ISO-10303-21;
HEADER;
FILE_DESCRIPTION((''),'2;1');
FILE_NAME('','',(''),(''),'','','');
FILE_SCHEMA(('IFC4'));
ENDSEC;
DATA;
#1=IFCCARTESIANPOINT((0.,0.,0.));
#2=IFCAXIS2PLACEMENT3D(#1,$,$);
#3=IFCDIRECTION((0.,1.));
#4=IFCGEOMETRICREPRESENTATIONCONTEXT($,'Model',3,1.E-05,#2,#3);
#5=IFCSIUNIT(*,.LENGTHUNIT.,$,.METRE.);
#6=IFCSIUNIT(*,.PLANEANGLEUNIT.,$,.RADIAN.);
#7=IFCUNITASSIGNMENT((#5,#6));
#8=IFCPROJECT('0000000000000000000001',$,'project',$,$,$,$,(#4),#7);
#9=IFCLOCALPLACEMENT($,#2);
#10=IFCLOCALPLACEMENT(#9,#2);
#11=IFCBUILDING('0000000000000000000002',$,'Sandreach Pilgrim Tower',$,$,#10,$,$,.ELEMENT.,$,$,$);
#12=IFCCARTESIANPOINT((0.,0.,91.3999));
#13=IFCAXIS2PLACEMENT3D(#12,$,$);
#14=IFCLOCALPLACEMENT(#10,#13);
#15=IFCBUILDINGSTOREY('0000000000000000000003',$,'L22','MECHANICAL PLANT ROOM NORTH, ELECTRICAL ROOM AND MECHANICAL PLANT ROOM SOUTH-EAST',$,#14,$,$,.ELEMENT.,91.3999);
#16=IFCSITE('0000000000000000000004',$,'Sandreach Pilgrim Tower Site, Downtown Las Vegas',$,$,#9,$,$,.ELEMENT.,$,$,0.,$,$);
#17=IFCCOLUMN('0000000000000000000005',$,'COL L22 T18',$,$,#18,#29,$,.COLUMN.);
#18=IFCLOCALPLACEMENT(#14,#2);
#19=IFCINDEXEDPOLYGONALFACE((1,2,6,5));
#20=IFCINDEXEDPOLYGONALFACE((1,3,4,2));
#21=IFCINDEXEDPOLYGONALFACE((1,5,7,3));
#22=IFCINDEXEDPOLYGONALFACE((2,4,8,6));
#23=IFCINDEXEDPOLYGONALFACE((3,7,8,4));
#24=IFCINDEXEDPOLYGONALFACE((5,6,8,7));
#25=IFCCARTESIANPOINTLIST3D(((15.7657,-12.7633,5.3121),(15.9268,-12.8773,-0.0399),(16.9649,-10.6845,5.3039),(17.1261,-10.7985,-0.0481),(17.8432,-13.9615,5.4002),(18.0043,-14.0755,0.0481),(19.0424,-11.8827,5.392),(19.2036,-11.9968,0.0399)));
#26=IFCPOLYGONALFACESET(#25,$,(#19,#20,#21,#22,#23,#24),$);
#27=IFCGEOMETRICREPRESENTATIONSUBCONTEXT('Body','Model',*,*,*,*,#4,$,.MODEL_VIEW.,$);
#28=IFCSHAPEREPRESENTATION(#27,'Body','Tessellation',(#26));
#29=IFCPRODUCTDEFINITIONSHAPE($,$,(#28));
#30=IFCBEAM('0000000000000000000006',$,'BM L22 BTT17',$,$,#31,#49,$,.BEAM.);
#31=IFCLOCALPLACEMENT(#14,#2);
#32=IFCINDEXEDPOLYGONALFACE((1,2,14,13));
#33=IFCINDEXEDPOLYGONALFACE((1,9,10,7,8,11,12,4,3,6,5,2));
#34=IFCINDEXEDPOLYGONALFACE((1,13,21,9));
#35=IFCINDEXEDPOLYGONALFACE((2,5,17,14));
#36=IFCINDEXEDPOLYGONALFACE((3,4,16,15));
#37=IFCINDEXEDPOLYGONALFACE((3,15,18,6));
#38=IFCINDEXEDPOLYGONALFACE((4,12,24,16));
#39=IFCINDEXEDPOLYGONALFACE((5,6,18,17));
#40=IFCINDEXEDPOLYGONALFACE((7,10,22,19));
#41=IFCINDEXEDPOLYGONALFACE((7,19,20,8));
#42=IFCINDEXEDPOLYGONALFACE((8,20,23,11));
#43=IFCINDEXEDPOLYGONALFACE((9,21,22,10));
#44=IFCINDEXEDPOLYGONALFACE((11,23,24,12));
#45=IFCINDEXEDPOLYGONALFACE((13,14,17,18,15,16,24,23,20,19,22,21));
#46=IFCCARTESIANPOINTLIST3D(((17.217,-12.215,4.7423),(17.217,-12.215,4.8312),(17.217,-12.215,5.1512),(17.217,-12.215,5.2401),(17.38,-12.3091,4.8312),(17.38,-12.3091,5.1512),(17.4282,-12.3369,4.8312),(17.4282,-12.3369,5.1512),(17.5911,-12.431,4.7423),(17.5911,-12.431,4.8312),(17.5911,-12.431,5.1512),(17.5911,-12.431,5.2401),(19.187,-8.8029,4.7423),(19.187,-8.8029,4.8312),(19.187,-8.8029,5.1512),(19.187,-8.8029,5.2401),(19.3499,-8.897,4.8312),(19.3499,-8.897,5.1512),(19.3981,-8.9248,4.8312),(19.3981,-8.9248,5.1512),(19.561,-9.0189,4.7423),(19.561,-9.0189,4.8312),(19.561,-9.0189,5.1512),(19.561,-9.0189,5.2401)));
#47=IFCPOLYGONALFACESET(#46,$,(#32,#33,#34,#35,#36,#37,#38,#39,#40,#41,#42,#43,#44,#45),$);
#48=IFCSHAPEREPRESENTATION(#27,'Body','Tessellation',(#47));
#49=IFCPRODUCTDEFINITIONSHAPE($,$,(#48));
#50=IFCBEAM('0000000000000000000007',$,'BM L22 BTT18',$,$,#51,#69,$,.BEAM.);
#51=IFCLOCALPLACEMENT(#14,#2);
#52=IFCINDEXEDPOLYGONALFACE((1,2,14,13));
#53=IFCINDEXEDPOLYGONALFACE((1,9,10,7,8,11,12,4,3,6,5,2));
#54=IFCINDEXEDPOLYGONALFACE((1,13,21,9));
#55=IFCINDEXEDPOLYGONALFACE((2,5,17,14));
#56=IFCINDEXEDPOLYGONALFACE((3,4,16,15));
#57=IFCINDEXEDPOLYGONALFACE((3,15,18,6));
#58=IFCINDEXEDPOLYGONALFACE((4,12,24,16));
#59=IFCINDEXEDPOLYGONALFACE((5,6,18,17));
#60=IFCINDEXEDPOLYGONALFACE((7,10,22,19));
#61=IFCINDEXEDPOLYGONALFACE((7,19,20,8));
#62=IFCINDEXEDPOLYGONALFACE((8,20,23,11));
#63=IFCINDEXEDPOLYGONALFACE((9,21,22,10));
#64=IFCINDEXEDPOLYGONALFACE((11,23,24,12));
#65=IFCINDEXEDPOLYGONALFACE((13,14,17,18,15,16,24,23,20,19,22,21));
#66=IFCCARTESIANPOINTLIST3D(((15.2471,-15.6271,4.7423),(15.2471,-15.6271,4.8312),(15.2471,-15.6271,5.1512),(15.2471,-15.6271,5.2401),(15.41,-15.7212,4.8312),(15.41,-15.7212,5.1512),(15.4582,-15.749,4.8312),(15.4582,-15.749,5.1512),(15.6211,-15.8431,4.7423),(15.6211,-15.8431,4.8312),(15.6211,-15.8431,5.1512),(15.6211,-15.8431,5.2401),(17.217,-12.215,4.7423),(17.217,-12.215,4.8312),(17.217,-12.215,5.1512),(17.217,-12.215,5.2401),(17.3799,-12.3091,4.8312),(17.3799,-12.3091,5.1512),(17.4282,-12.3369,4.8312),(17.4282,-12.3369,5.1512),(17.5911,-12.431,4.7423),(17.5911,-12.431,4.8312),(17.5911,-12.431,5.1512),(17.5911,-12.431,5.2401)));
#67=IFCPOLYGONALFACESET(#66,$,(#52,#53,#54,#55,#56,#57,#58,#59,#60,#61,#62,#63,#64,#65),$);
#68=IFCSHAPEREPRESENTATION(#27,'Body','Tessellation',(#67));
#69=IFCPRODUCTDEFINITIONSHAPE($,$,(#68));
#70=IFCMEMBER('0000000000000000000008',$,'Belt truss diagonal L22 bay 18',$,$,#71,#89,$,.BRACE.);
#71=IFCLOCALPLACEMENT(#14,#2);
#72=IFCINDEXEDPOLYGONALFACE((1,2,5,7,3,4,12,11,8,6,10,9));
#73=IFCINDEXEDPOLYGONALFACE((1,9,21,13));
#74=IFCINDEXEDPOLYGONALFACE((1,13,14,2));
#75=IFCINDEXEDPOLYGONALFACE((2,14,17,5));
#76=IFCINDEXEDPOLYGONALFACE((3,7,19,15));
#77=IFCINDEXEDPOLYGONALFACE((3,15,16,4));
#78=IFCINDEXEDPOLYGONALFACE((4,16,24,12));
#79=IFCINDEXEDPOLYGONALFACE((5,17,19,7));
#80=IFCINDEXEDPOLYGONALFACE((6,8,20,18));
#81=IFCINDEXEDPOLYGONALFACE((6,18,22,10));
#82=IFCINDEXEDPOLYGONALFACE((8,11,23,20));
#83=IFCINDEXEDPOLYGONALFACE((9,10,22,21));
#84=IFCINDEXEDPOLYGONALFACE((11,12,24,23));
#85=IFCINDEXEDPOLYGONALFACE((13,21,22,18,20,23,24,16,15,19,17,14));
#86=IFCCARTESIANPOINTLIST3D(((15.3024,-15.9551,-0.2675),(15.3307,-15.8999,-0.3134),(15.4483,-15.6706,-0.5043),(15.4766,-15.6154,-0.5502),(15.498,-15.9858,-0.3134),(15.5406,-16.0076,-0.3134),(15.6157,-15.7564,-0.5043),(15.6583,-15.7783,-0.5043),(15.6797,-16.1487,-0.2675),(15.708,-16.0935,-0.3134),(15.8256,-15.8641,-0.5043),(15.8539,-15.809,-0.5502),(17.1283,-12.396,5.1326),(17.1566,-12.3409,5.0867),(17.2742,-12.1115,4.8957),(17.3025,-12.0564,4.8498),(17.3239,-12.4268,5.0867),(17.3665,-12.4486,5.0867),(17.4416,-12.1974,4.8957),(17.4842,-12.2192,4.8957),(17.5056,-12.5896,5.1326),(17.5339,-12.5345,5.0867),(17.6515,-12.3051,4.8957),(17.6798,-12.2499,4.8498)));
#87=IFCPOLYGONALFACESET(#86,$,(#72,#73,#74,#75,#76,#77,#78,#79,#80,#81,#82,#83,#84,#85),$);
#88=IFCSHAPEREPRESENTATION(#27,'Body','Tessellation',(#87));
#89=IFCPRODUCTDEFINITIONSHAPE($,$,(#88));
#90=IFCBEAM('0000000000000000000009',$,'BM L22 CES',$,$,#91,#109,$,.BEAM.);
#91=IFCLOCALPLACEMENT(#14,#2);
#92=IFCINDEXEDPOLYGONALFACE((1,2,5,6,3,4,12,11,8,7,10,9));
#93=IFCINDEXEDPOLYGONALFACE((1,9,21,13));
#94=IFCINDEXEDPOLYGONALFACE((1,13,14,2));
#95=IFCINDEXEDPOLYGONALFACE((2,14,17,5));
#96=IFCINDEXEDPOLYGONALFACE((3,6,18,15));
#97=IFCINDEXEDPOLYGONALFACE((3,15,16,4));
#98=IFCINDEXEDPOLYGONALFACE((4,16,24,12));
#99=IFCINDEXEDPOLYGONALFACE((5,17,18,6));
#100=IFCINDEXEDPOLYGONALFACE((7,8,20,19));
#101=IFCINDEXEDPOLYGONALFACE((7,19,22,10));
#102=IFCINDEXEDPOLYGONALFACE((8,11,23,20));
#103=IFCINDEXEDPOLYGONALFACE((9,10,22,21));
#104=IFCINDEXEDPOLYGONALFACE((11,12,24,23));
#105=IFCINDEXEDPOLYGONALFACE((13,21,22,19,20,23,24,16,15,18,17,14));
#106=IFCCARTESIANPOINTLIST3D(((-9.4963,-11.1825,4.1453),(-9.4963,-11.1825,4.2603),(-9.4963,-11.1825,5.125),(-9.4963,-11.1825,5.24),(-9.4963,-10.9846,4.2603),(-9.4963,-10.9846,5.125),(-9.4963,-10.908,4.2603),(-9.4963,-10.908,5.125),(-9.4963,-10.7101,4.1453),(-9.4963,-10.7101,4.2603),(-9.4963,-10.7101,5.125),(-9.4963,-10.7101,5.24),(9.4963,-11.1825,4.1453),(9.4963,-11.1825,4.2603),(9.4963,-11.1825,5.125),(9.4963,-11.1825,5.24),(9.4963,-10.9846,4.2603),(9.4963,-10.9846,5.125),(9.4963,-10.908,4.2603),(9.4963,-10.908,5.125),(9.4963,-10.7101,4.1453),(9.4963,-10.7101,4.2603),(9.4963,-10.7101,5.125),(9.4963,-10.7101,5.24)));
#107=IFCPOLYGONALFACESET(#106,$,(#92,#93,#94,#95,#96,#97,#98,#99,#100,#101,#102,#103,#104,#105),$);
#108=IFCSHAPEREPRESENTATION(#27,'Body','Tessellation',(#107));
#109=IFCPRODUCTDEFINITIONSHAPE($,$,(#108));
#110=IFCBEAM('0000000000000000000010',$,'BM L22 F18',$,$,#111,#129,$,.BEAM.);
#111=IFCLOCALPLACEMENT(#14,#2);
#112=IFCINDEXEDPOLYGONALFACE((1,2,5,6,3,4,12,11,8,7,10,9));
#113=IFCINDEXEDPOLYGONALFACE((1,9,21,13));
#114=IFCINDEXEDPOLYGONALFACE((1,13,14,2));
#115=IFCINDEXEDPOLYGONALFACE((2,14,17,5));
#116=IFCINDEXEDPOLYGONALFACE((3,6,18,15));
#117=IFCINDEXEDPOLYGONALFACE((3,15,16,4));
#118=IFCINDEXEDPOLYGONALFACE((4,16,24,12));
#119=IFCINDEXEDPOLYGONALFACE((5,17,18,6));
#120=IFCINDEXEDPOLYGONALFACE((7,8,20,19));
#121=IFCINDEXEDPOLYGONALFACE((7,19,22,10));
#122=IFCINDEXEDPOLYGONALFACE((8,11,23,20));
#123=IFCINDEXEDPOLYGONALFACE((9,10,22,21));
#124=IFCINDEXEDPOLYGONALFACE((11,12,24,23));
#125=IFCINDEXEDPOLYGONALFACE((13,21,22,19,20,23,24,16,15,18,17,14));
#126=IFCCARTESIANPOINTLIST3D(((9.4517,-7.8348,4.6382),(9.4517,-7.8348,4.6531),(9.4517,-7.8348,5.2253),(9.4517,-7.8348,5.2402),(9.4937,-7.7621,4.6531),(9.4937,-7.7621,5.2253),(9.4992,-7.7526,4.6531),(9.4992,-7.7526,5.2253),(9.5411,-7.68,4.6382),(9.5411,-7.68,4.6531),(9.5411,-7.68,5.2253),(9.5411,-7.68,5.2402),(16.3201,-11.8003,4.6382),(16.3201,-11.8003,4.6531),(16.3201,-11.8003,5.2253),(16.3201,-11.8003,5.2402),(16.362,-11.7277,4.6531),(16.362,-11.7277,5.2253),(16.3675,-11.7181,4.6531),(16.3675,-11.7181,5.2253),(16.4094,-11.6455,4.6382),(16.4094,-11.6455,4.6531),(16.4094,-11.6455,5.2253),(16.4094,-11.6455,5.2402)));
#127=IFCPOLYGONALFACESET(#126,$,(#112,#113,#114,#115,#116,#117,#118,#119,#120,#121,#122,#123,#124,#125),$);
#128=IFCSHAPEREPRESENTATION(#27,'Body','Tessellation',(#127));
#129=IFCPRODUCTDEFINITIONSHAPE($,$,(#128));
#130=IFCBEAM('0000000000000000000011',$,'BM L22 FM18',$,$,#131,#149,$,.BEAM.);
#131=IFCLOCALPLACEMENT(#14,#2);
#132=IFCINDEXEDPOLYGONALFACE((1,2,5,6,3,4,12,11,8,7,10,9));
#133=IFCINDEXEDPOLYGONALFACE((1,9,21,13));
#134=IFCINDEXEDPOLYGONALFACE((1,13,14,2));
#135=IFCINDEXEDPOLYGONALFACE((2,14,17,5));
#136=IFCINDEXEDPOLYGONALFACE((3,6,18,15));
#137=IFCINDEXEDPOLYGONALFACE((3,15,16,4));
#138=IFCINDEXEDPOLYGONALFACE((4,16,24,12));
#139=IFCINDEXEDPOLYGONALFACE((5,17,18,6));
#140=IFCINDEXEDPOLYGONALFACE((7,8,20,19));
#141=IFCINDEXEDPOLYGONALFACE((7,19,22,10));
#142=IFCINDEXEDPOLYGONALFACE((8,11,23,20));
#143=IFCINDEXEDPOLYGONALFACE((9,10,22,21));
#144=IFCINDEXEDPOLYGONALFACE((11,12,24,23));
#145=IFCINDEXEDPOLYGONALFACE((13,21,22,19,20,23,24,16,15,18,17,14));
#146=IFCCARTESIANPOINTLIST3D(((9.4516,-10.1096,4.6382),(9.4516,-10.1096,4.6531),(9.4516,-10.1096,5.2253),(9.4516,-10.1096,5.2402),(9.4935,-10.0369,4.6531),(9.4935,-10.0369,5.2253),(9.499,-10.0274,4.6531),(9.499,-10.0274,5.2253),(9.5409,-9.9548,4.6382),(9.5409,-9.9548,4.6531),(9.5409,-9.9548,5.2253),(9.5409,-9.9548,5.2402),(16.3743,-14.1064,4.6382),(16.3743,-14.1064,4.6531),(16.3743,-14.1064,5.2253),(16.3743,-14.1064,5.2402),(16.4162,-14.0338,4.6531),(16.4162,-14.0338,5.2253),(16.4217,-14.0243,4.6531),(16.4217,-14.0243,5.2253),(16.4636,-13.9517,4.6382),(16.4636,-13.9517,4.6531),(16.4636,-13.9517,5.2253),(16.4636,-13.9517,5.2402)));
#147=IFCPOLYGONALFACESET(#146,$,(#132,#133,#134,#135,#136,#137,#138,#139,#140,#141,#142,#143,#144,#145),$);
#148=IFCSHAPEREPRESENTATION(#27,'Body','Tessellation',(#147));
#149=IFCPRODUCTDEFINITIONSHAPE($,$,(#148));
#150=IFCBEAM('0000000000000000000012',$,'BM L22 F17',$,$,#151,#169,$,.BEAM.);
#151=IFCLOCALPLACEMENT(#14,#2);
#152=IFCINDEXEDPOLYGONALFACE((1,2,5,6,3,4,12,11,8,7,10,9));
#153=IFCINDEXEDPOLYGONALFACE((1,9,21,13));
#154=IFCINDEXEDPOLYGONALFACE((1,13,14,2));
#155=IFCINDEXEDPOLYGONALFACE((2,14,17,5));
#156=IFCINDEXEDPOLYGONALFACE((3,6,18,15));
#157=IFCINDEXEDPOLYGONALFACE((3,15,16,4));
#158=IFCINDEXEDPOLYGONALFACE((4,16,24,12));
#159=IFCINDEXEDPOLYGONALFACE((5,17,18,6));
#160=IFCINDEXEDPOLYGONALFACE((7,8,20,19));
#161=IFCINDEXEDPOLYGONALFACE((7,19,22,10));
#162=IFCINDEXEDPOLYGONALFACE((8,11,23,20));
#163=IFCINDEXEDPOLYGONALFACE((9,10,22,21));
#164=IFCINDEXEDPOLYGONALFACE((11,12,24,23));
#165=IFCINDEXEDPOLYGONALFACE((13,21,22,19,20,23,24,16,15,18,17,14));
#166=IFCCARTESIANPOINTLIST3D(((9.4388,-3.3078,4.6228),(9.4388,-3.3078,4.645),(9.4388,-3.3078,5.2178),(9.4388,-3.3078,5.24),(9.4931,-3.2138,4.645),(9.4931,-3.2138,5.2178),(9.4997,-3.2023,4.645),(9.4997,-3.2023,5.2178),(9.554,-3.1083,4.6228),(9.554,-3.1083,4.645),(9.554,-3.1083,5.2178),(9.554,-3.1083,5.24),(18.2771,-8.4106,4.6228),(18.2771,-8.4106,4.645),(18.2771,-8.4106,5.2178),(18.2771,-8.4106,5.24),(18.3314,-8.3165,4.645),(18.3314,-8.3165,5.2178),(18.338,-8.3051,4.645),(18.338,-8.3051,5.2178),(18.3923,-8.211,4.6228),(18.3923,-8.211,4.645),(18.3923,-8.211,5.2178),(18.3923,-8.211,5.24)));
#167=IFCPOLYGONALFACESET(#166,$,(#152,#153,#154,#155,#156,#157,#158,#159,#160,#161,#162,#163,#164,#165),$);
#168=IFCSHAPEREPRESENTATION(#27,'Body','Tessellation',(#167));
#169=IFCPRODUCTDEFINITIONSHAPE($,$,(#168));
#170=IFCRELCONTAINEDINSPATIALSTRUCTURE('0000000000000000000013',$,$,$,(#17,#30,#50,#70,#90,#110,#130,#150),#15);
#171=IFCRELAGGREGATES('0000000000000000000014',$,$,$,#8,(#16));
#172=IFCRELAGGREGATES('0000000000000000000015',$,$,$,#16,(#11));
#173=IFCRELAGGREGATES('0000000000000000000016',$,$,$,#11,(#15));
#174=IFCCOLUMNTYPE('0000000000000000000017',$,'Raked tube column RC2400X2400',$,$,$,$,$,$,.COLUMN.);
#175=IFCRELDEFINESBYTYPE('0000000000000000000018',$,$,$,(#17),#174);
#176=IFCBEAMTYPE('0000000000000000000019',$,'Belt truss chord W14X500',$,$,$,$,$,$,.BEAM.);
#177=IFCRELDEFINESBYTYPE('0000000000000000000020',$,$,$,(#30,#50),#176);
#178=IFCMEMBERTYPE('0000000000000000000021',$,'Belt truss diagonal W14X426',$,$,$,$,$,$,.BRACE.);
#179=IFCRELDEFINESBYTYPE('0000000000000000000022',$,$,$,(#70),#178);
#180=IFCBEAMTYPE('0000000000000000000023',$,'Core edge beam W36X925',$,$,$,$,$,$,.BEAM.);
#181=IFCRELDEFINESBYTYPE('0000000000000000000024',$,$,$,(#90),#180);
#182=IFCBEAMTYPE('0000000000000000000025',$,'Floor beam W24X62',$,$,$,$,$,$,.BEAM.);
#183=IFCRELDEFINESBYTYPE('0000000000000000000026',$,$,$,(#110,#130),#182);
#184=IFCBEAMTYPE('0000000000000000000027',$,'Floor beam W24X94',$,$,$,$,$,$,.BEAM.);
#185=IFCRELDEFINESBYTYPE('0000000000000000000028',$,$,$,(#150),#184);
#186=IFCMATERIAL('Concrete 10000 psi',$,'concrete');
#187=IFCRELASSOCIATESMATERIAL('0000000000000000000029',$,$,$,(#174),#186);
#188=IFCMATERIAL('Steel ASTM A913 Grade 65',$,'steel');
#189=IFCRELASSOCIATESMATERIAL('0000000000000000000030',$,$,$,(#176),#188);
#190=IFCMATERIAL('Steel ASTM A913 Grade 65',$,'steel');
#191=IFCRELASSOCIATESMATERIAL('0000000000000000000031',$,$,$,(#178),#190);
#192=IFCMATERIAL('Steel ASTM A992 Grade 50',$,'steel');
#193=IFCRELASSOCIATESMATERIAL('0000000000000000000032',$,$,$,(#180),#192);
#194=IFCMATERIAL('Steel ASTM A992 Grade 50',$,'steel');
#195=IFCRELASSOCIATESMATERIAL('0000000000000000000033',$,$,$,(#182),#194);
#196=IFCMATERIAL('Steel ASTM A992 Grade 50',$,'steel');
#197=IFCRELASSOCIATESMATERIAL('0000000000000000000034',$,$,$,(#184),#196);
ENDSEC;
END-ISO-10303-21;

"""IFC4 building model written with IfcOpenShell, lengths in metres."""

from ifc_helpers import new_model, si_unit, direction, frame, origin, origin_2d, place, context, subcontext, project, spatial, rectangle, i_section, extrude, material, material_profile, profile_set, type_object, element, save


model = new_model("IFC4")

# Units and contexts
model_context = context("Model", 3, precision=1e-05, world=origin(), true_north=direction((0.0, 1.0)))
body_context = subcontext(model_context, "Body", "Model", "MODEL_VIEW")
ifc_project = project(units=[si_unit("LENGTHUNIT", "METRE"), si_unit("PLANEANGLEUNIT", "RADIAN")], contexts=[model_context])

# Site, building, storey
site_placement = place(None, origin())
site = spatial("IfcSite", under=ifc_project, at=site_placement, Name="Sandreach Pilgrim Tower Site, Downtown Las Vegas", CompositionType="ELEMENT", RefElevation=0.0)
building_placement = place(site_placement, origin())
building = spatial("IfcBuilding", under=site, at=building_placement, Name="Sandreach Pilgrim Tower", CompositionType="ELEMENT")
storey_placement = place(building_placement, frame((0.0, 0.0, 91.3999)))
storey = spatial("IfcBuildingStorey", under=building, at=storey_placement, Name="L22", Description="MECHANICAL PLANT ROOM NORTH, ELECTRICAL ROOM AND MECHANICAL PLANT ROOM SOUTH-EAST", CompositionType="ELEMENT", Elevation=91.3999)

# Column
ifc_material_1 = material(Name="Concrete 10000 psi", Category="concrete")
ifc_material_profile_1 = material_profile(ifc_material_1, rectangle(XDim=2.3999, YDim=2.3999, at=origin_2d()), Name="RC2400X2400")
ifc_profile_set_1 = profile_set([ifc_material_profile_1], Name="Concrete 10000 psi")
column_type = type_object("IfcColumnType", Name="Raked tube column RC2400X2400", PredefinedType="COLUMN", material=ifc_profile_set_1)
column_placement = place(storey_placement, frame((17.5652, -12.437, 0.0), z_axis=(-0.030086, 0.021288, 0.999321), x_axis=(0.865663, -0.49928, 0.036698)))
element("IfcColumn", 1, at=column_placement, inside=storey, type_object=column_type, Name="COL L22 T18", PredefinedType="COLUMN", context=body_context, shape_type="SweptSolid", body=[
    extrude(rectangle(XDim=2.3999, YDim=2.3999, at=origin_2d()), origin(), (0.0, 0.0, 1.0), 5.3557),
])

# Beams
ifc_material_2 = material(Name="Steel ASTM A913 Grade 65", Category="steel")
ifc_material_profile_2 = material_profile(ifc_material_2, i_section(OverallWidth=0.4319, OverallDepth=0.4978, WebThickness=0.0557, FlangeThickness=0.0889, at=origin_2d()), Name="W14X500")
ifc_profile_set_2 = profile_set([ifc_material_profile_2], Name="Steel ASTM A913 Grade 65")
beam_type_1 = type_object("IfcBeamType", Name="Belt truss chord W14X500", PredefinedType="BEAM", material=ifc_profile_set_2)
for number, where, z_axis, x_axis, name in (
    (2, (19.374, -8.9109, 4.9912), (-0.499998, -0.866027, 0.0), (0.866027, -0.499998, 0.0), "BM L22 BTT17"),
    (3, (17.4041, -12.323, 4.9912), (-0.499998, -0.866027, 0.0), (0.866027, -0.499998, 0.0), "BM L22 BTT18"),
):
    element("IfcBeam", number, at=place(storey_placement, frame(where, z_axis=z_axis, x_axis=x_axis)), inside=storey, type_object=beam_type_1, Name=name, PredefinedType="BEAM", context=body_context, shape_type="SweptSolid", body=[
        extrude(i_section(OverallWidth=0.4319, OverallDepth=0.4978, WebThickness=0.0557, FlangeThickness=0.0889, at=origin_2d()), origin(), (0.0, 0.0, 1.0), 3.9399),
    ])

# Member
ifc_material_3 = material(Name="Steel ASTM A913 Grade 65", Category="steel")
ifc_material_profile_3 = material_profile(ifc_material_3, i_section(OverallWidth=0.4241, OverallDepth=0.4751, WebThickness=0.0479, FlangeThickness=0.0771, at=origin_2d()), Name="W14X426")
ifc_profile_set_3 = profile_set([ifc_material_profile_3], Name="Steel ASTM A913 Grade 65")
member_type = type_object("IfcMemberType", Name="Belt truss diagonal W14X426", PredefinedType="BRACE", material=ifc_profile_set_3)
member_placement = place(storey_placement, frame((17.4041, -12.323, 4.9912), z_axis=(-0.271703, -0.5296, -0.803555), x_axis=(0.889741, -0.456467, 0.0)))
element("IfcMember", 4, at=member_placement, inside=storey, type_object=member_type, Name="Belt truss diagonal L22 bay 18", PredefinedType="BRACE", context=body_context, shape_type="SweptSolid", body=[
    extrude(i_section(OverallWidth=0.4241, OverallDepth=0.4751, WebThickness=0.0479, FlangeThickness=0.0771, at=origin_2d()), origin(), (0.0, 0.0, 1.0), 6.7202),
])

# Beams
ifc_material_4 = material(Name="Steel ASTM A992 Grade 50", Category="steel")
ifc_material_profile_4 = material_profile(ifc_material_4, i_section(OverallWidth=0.4724, OverallDepth=1.0947, WebThickness=0.0767, FlangeThickness=0.115, at=origin_2d()), Name="W36X925")
ifc_profile_set_4 = profile_set([ifc_material_profile_4], Name="Steel ASTM A992 Grade 50")
beam_type_2 = type_object("IfcBeamType", Name="Core edge beam W36X925", PredefinedType="BEAM", material=ifc_profile_set_4)
beam_1_placement = place(storey_placement, frame((9.4963, -10.9463, 4.6926), z_axis=(-1.0, 0.0, 0.0), x_axis=(0.0, -1.0, 0.0)))
element("IfcBeam", 5, at=beam_1_placement, inside=storey, type_object=beam_type_2, Name="BM L22 CES", PredefinedType="BEAM", context=body_context, shape_type="SweptSolid", body=[
    extrude(i_section(OverallWidth=0.4724, OverallDepth=1.0947, WebThickness=0.0767, FlangeThickness=0.115, at=origin_2d()), origin(), (0.0, 0.0, 1.0), 18.9927),
])
ifc_material_5 = material(Name="Steel ASTM A992 Grade 50", Category="steel")
ifc_material_profile_5 = material_profile(ifc_material_5, i_section(OverallWidth=0.1787, OverallDepth=0.6021, WebThickness=0.011, FlangeThickness=0.0149, at=origin_2d()), Name="W24X62")
ifc_profile_set_5 = profile_set([ifc_material_profile_5], Name="Steel ASTM A992 Grade 50")
beam_type_3 = type_object("IfcBeamType", Name="Floor beam W24X62", PredefinedType="BEAM", material=ifc_profile_set_5)
beam_2_placement = place(storey_placement, frame((16.3647, -11.7229, 4.9392), z_axis=(-0.86602, 0.500009, 0.0), x_axis=(-0.500009, -0.86602, 0.0)))
element("IfcBeam", 6, at=beam_2_placement, inside=storey, type_object=beam_type_3, Name="BM L22 F18", PredefinedType="BEAM", context=body_context, shape_type="SweptSolid", body=[
    extrude(i_section(OverallWidth=0.1787, OverallDepth=0.6021, WebThickness=0.011, FlangeThickness=0.0149, at=origin_2d()), origin(), (0.0, 0.0, 1.0), 7.9309),
])
beam_3_placement = place(storey_placement, frame((16.4189, -14.0291, 4.9392), z_axis=(-0.866022, 0.500005, 0.0), x_axis=(-0.500005, -0.866022, 0.0)))
element("IfcBeam", 7, at=beam_3_placement, inside=storey, type_object=beam_type_3, Name="BM L22 FM18", PredefinedType="BEAM", context=body_context, shape_type="SweptSolid", body=[
    extrude(i_section(OverallWidth=0.1787, OverallDepth=0.6021, WebThickness=0.011, FlangeThickness=0.0149, at=origin_2d()), origin(), (0.0, 0.0, 1.0), 7.9937),
])
ifc_material_6 = material(Name="Steel ASTM A992 Grade 50", Category="steel")
ifc_material_profile_6 = material_profile(ifc_material_6, i_section(OverallWidth=0.2305, OverallDepth=0.6172, WebThickness=0.0132, FlangeThickness=0.0222, at=origin_2d()), Name="W24X94")
ifc_profile_set_6 = profile_set([ifc_material_profile_6], Name="Steel ASTM A992 Grade 50")
beam_type_4 = type_object("IfcBeamType", Name="Floor beam W24X94", PredefinedType="BEAM", material=ifc_profile_set_6)
beam_4_placement = place(storey_placement, frame((18.3347, -8.3108, 4.9314), z_axis=(-0.866028, 0.499996, 0.0), x_axis=(-0.499996, -0.866028, 0.0)))
element("IfcBeam", 8, at=beam_4_placement, inside=storey, type_object=beam_type_4, Name="BM L22 F17", PredefinedType="BEAM", context=body_context, shape_type="SweptSolid", body=[
    extrude(i_section(OverallWidth=0.2305, OverallDepth=0.6172, WebThickness=0.0132, FlangeThickness=0.0222, at=origin_2d()), origin(), (0.0, 0.0, 1.0), 10.2056),
])

save(model, "model.ifc")
